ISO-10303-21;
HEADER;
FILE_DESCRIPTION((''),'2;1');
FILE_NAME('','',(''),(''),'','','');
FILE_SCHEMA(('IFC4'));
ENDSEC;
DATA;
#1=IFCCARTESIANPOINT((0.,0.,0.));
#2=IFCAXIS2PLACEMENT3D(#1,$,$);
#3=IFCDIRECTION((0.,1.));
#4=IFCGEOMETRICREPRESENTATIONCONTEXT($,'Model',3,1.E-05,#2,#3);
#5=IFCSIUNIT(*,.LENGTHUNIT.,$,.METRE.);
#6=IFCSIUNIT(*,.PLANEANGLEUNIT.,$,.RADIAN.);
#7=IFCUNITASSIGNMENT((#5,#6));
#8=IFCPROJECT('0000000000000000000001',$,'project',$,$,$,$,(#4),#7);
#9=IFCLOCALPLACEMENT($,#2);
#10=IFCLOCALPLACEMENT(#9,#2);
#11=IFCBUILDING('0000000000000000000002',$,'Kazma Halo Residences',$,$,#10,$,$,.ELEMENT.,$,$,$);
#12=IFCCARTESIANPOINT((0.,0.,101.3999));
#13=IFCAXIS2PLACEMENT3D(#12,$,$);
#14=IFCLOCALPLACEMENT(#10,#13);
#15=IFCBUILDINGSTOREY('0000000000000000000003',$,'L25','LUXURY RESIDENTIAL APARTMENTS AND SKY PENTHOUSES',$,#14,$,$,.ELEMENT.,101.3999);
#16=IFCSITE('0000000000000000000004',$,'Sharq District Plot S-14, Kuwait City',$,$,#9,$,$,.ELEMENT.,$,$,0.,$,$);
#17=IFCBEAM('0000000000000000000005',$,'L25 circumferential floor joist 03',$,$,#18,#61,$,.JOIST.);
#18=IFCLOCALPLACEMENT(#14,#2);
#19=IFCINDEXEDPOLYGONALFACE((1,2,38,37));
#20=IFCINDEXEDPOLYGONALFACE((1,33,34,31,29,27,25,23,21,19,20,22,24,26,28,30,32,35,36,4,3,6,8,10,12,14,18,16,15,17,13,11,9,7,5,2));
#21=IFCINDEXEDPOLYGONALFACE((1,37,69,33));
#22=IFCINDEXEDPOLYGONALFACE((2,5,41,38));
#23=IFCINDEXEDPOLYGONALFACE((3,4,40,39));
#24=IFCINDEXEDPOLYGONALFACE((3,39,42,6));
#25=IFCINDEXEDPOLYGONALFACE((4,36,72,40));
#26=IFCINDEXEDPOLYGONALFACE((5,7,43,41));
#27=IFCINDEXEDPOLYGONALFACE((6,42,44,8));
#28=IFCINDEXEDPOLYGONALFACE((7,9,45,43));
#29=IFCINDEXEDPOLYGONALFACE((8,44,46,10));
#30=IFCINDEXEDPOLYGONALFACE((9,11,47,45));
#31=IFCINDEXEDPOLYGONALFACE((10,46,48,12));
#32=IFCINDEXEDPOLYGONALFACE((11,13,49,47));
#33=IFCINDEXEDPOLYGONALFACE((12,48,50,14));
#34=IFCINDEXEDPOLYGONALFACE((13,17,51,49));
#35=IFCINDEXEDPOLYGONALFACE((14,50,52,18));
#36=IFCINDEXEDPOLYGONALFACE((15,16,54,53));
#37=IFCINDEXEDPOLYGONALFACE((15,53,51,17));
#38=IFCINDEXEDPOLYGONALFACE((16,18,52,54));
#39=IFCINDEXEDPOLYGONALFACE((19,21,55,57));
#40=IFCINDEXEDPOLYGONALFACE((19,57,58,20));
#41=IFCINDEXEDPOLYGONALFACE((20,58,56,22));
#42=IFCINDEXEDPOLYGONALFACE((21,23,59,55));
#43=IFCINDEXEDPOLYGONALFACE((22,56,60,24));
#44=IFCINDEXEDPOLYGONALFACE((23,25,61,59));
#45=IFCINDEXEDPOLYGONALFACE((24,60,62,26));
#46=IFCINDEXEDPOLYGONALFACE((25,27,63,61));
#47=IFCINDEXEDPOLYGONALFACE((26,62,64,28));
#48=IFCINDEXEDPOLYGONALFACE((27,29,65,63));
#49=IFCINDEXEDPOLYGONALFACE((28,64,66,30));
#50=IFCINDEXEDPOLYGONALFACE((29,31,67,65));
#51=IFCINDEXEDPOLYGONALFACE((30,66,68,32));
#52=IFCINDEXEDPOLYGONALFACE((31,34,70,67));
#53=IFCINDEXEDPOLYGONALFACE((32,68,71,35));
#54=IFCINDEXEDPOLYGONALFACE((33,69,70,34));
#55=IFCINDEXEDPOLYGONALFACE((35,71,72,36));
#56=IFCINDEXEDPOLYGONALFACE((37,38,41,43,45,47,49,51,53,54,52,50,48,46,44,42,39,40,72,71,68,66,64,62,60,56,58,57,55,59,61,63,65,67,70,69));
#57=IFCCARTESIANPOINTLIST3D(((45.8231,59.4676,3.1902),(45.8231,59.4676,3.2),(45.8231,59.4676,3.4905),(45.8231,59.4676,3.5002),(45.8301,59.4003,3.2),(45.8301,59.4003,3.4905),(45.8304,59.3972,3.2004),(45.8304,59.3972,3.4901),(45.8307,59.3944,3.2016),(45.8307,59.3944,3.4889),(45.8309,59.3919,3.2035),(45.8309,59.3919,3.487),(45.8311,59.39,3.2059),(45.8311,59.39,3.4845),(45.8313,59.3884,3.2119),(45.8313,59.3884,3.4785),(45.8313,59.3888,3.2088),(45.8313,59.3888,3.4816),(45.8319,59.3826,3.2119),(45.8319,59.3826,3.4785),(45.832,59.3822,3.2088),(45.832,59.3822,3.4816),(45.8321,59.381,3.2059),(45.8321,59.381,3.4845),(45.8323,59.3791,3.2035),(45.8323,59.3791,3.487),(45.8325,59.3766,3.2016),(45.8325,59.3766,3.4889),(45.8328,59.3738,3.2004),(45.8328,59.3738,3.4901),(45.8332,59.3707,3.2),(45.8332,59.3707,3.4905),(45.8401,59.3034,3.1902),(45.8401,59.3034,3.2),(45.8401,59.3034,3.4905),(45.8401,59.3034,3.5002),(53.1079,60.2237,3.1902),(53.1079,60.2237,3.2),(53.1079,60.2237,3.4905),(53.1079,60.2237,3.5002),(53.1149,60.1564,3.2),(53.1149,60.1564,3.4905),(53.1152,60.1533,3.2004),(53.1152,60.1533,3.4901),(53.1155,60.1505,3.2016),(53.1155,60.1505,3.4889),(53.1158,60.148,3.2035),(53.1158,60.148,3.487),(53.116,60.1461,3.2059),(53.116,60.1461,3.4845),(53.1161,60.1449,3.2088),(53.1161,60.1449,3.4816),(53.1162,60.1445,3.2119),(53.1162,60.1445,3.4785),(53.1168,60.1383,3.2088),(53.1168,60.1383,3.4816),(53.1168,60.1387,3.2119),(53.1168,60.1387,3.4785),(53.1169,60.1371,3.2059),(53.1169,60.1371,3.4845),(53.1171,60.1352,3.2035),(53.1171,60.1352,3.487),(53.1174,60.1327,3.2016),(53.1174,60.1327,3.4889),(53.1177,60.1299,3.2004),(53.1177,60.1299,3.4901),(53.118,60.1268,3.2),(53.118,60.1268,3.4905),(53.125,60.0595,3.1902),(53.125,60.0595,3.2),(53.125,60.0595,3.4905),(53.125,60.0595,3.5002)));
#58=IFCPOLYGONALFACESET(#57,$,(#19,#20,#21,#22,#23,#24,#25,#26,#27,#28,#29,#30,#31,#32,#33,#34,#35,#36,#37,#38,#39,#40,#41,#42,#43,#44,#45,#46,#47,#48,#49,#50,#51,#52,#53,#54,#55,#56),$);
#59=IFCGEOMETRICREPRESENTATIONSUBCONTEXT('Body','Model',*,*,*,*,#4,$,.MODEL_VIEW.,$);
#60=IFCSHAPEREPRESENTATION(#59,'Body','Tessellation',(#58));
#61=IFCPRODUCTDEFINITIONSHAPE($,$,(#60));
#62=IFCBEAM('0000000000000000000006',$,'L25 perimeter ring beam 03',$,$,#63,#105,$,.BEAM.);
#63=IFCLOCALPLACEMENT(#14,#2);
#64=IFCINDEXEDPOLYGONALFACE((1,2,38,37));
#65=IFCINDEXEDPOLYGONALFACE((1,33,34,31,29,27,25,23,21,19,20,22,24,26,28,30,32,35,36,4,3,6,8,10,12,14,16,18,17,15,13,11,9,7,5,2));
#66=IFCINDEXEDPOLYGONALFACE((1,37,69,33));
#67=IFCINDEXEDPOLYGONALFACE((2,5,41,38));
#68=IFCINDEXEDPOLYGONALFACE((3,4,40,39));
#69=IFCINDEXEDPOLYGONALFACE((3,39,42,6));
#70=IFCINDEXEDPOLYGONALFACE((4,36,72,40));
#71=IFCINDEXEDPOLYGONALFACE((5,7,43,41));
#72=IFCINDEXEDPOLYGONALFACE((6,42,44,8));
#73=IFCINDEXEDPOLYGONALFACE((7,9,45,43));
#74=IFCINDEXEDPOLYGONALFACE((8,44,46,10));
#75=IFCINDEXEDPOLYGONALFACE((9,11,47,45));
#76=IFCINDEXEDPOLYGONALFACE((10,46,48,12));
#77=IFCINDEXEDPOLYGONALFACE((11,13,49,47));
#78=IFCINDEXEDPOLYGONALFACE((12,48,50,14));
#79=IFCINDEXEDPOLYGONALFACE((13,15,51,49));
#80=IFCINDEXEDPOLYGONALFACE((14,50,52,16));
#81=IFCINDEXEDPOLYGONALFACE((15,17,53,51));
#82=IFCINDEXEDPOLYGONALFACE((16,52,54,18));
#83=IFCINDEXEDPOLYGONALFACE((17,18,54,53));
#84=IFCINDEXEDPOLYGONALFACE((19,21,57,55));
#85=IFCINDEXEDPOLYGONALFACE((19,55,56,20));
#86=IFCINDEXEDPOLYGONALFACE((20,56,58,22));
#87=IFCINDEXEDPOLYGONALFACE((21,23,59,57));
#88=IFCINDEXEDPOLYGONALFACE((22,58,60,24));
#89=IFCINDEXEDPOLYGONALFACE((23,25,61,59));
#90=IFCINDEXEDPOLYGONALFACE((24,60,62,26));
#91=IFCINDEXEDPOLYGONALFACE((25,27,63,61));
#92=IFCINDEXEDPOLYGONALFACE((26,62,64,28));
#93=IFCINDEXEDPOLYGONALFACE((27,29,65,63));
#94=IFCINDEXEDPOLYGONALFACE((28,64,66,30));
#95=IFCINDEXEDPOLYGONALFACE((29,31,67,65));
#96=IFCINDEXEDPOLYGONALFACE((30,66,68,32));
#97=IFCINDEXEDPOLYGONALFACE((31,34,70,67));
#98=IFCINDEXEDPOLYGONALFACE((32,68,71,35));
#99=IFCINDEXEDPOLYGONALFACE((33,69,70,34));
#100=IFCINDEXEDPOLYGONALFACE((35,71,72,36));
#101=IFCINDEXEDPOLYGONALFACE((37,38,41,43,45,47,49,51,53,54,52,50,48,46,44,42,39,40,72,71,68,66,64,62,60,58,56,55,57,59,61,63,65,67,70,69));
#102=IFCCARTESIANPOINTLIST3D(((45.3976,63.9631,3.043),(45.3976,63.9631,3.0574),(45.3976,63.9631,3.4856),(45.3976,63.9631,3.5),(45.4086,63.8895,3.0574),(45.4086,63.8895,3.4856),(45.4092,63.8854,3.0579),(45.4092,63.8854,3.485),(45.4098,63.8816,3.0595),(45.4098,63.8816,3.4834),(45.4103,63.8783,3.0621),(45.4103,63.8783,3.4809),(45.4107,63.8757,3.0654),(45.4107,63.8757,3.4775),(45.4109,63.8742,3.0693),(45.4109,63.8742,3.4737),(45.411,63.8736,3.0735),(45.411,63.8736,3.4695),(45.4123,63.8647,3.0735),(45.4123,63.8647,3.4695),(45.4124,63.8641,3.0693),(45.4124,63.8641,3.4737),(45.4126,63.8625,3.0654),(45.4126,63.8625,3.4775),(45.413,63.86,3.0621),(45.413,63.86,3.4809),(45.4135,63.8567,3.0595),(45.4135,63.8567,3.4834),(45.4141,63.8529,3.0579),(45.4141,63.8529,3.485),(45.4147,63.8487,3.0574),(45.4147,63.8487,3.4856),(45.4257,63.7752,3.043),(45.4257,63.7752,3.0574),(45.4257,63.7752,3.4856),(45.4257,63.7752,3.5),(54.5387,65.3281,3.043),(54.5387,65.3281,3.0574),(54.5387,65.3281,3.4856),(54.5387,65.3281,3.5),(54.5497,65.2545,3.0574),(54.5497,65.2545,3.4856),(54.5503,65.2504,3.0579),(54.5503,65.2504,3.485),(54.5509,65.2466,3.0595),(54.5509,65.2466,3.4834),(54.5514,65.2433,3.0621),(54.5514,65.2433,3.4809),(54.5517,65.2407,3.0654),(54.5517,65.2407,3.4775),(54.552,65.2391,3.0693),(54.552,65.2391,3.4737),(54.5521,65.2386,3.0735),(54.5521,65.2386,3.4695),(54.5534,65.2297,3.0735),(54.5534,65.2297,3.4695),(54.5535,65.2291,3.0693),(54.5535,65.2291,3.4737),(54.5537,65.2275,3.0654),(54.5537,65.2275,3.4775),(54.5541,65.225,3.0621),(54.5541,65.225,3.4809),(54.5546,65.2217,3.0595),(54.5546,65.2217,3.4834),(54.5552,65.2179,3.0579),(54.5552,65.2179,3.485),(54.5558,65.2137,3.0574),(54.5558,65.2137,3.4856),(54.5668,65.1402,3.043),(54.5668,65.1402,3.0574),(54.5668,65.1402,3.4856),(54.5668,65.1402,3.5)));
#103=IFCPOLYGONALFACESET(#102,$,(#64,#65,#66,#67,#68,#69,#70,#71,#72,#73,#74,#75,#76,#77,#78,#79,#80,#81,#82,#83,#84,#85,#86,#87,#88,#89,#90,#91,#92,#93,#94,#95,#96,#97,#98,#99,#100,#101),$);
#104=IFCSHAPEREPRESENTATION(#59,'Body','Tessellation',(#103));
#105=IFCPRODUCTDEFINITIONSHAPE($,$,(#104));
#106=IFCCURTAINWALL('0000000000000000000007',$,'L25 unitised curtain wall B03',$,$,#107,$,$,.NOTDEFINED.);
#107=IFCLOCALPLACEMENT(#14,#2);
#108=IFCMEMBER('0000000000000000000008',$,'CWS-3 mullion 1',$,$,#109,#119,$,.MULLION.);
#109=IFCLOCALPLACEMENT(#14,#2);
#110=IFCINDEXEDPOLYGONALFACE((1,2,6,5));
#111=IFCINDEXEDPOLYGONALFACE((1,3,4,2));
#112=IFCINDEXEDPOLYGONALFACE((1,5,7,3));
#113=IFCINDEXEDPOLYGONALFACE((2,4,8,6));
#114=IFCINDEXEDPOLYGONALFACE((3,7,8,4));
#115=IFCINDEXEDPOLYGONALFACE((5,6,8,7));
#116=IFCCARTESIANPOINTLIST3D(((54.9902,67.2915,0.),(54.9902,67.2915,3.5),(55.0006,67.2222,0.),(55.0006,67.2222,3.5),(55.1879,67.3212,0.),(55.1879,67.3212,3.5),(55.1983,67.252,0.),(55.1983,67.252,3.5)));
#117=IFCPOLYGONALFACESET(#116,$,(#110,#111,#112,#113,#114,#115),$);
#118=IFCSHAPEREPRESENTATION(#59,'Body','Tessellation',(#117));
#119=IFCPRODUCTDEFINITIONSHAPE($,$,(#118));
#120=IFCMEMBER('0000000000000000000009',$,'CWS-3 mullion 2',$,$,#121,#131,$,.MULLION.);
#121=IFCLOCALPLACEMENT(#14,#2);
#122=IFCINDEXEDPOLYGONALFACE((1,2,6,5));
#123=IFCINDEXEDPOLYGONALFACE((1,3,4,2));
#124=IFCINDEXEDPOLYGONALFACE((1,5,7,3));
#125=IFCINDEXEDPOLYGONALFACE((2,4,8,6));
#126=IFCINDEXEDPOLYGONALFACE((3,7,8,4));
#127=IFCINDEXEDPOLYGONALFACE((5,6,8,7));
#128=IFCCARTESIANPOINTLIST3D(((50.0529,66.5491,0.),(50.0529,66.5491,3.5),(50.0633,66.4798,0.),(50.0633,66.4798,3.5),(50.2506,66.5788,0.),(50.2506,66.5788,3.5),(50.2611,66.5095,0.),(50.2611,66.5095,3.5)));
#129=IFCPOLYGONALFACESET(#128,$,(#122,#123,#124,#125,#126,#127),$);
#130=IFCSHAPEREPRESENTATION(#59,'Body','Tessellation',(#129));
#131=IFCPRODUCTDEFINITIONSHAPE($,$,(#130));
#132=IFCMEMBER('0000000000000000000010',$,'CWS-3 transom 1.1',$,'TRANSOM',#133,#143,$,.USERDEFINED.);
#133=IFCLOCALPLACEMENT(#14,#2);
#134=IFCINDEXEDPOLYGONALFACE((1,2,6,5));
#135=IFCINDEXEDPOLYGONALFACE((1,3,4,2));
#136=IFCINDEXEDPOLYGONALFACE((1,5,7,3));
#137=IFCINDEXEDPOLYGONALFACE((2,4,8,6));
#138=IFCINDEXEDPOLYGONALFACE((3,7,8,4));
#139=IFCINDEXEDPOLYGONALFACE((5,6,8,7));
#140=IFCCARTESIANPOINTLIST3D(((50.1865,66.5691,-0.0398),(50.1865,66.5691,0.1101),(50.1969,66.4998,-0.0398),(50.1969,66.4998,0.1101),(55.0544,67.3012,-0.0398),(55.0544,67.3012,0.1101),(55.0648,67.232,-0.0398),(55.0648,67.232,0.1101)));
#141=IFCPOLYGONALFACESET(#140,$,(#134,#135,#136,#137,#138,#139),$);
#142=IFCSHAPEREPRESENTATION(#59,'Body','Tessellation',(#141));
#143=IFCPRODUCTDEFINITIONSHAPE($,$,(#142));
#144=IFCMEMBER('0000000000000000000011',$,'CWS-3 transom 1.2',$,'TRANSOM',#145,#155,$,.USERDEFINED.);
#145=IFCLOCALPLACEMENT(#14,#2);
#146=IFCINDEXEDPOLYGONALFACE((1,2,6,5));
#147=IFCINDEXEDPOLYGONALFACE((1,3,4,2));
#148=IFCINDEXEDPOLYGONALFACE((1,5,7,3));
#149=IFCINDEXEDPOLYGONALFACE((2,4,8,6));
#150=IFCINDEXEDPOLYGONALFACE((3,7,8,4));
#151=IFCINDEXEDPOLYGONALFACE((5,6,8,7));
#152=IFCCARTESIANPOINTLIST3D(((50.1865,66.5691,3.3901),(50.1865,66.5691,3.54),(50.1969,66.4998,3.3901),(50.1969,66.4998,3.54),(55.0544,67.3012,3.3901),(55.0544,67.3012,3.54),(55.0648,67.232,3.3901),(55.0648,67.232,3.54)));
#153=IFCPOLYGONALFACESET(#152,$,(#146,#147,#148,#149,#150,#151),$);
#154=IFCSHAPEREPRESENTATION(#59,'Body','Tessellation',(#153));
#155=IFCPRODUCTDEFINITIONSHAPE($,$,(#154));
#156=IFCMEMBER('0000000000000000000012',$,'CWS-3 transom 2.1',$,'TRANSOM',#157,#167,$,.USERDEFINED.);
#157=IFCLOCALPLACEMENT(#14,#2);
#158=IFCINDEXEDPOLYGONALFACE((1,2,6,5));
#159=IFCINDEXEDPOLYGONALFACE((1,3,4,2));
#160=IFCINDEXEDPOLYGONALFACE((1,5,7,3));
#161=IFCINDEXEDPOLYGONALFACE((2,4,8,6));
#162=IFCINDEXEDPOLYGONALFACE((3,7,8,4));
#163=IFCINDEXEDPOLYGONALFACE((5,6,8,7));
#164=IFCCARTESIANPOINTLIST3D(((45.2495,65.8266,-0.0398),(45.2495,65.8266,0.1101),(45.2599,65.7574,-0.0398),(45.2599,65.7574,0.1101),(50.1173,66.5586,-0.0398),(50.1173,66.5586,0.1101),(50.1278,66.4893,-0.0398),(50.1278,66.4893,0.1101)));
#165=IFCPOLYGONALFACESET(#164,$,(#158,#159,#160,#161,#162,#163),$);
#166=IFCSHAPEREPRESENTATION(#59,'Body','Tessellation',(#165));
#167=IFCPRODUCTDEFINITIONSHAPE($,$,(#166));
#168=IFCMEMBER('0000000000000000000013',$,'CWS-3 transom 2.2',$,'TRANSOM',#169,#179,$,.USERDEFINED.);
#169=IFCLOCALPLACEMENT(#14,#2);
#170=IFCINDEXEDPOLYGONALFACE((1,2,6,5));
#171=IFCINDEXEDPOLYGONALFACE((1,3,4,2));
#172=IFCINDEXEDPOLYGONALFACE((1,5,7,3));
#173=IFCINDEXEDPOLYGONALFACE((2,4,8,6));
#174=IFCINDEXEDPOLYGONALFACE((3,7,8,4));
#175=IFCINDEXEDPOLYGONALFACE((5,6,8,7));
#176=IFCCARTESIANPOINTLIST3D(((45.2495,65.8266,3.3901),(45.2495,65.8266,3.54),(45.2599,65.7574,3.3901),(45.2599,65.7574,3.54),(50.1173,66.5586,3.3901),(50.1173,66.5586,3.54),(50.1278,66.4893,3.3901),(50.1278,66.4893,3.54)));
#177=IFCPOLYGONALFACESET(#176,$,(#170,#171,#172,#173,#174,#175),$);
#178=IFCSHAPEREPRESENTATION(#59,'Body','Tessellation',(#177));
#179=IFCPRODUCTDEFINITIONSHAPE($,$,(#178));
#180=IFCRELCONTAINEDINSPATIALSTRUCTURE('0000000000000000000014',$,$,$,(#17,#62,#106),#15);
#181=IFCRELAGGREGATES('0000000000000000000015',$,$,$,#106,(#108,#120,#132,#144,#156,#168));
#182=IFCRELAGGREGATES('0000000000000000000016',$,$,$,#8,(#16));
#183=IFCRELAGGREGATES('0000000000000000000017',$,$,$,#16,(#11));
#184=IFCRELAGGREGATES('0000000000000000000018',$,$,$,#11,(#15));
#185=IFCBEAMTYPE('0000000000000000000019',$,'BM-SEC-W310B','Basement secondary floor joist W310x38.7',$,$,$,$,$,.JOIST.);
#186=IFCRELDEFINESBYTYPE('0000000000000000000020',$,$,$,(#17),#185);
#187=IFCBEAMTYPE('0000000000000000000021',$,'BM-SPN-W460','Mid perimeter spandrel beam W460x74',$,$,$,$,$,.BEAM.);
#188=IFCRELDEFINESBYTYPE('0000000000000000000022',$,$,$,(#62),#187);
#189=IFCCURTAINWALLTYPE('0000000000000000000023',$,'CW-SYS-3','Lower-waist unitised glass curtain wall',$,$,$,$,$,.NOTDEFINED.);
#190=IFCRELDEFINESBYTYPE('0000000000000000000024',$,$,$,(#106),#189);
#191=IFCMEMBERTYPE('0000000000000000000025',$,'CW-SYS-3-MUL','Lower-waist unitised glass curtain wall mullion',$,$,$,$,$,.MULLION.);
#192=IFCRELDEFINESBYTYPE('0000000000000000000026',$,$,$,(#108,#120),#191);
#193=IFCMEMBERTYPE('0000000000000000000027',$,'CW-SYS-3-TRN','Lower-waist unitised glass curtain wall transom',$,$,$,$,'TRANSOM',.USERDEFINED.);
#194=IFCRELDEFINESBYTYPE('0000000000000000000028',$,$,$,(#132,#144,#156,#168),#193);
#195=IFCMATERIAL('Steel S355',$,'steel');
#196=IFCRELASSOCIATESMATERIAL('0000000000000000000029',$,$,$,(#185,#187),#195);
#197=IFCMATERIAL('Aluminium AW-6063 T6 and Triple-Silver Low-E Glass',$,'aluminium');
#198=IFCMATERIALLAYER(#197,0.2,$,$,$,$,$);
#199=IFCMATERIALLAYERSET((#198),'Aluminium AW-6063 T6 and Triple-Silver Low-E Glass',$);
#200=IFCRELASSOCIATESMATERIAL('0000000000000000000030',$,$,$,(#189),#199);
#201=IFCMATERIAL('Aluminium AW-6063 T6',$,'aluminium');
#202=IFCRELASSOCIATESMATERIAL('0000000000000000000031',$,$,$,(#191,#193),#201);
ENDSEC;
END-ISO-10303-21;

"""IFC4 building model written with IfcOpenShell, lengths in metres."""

from ifc_helpers import new_model, si_unit, direction, frame, origin, origin_2d, place, context, subcontext, project, spatial, rectangle, i_section, extrude, material, layer, layer_set, material_profile, profile_set, type_object, element, aggregate, save


model = new_model("IFC4")

# Units and contexts
model_context = context("Model", 3, precision=1e-05, world=origin(), true_north=direction((0.0, 1.0)))
body_context = subcontext(model_context, "Body", "Model", "MODEL_VIEW")
ifc_project = project(units=[si_unit("LENGTHUNIT", "METRE"), si_unit("PLANEANGLEUNIT", "RADIAN")], contexts=[model_context])

# Site, building, storey
site_placement = place(None, origin())
site = spatial("IfcSite", under=ifc_project, at=site_placement, Name="Sharq District Plot S-14, Kuwait City", CompositionType="ELEMENT", RefElevation=0.0)
building_placement = place(site_placement, origin())
building = spatial("IfcBuilding", under=site, at=building_placement, Name="Kazma Halo Residences", CompositionType="ELEMENT")
storey_placement = place(building_placement, frame((0.0, 0.0, 101.3999)))
storey = spatial("IfcBuildingStorey", under=building, at=storey_placement, Name="L25", Description="LUXURY RESIDENTIAL APARTMENTS AND SKY PENTHOUSES", CompositionType="ELEMENT", Elevation=101.3999)

# Beams
ifc_material_1 = material(Name="Steel S355", Category="steel")
ifc_material_profile_1 = material_profile(ifc_material_1, i_section(OverallWidth=0.165, OverallDepth=0.3101, WebThickness=0.0059, FlangeThickness=0.0098, FilletRadius=0.012, at=origin_2d()), Name="W310x38.7")
ifc_profile_set_1 = profile_set([ifc_material_profile_1], Name="Steel S355")
beam_type_1 = type_object("IfcBeamType", Name="BM-SEC-W310B", Description="Basement secondary floor joist W310x38.7", PredefinedType="JOIST", material=ifc_profile_set_1)
beam_1_placement = place(storey_placement, frame((53.1165, 60.1416, 3.3452), z_axis=(-0.994657, -0.103236, 0.0), x_axis=(0.103236, -0.994657, 0.0)))
element("IfcBeam", 1, at=beam_1_placement, inside=storey, type_object=beam_type_1, Name="L25 circumferential floor joist 03", PredefinedType="JOIST", context=body_context, shape_type="SweptSolid", body=[
    extrude(i_section(OverallWidth=0.165, OverallDepth=0.3101, WebThickness=0.0059, FlangeThickness=0.0098, FilletRadius=0.012, at=origin_2d()), origin(), (0.0, 0.0, 1.0), 7.324),
])
ifc_material_profile_2 = material_profile(ifc_material_1, i_section(OverallWidth=0.1899, OverallDepth=0.457, WebThickness=0.009, FlangeThickness=0.0144, FilletRadius=0.0161, at=origin_2d()), Name="W460x74")
ifc_profile_set_2 = profile_set([ifc_material_profile_2], Name="Steel S355")
beam_type_2 = type_object("IfcBeamType", Name="BM-SPN-W460", Description="Mid perimeter spandrel beam W460x74", PredefinedType="BEAM", material=ifc_profile_set_2)
beam_2_placement = place(storey_placement, frame((54.5527, 65.2341, 3.2715), z_axis=(-0.989034, -0.147687, 0.0), x_axis=(0.147687, -0.989034, 0.0)))
element("IfcBeam", 2, at=beam_2_placement, inside=storey, type_object=beam_type_2, Name="L25 perimeter ring beam 03", PredefinedType="BEAM", context=body_context, shape_type="SweptSolid", body=[
    extrude(i_section(OverallWidth=0.1899, OverallDepth=0.457, WebThickness=0.009, FlangeThickness=0.0144, FilletRadius=0.0161, at=origin_2d()), origin(), (0.0, 0.0, 1.0), 9.2424),
])

# Curtain wall, members
ifc_material_2 = material(Name="Aluminium AW-6063 T6 and Triple-Silver Low-E Glass", Category="aluminium")
ifc_layer_1 = layer(ifc_material_2, 0.2)
ifc_layer_set_1 = layer_set([ifc_layer_1], Name="Aluminium AW-6063 T6 and Triple-Silver Low-E Glass")
curtain_wall_type = type_object("IfcCurtainWallType", Name="CW-SYS-3", Description="Lower-waist unitised glass curtain wall", PredefinedType="NOTDEFINED", material=ifc_layer_set_1)
curtain_wall_placement = place(storey_placement, origin())
curtain_wall = element("IfcCurtainWall", 3, at=curtain_wall_placement, inside=storey, type_object=curtain_wall_type, Name="L25 unitised curtain wall B03", PredefinedType="NOTDEFINED")
ifc_material_3 = material(Name="Aluminium AW-6063 T6", Category="aluminium")
ifc_material_profile_3 = material_profile(ifc_material_3, rectangle(XDim=0.0701, YDim=0.2, at=origin_2d()), Name="CWM-70x200")
ifc_profile_set_3 = profile_set([ifc_material_profile_3], Name="Aluminium AW-6063 T6")
member_type_1 = type_object("IfcMemberType", Name="CW-SYS-3-MUL", Description="Lower-waist unitised glass curtain wall mullion", PredefinedType="MULLION", material=ifc_profile_set_3)
member_1_placement = place(storey_placement, frame((55.0942, 67.2717, 0.0), z_axis=(0.0, 0.0, 1.0), x_axis=(0.148717, -0.98888, 0.0)))
member_1 = element("IfcMember", 4, at=member_1_placement, type_object=member_type_1, Name="CWS-3 mullion 1", PredefinedType="MULLION", context=body_context, shape_type="SweptSolid", body=[
    extrude(rectangle(XDim=0.0701, YDim=0.2, at=origin_2d()), origin(), (0.0, 0.0, 1.0), 3.5),
])
member_2_placement = place(storey_placement, frame((50.157, 66.5293, 0.0), z_axis=(0.0, 0.0, 1.0), x_axis=(0.148717, -0.98888, 0.0)))
member_2 = element("IfcMember", 5, at=member_2_placement, type_object=member_type_1, Name="CWS-3 mullion 2", PredefinedType="MULLION", context=body_context, shape_type="SweptSolid", body=[
    extrude(rectangle(XDim=0.0701, YDim=0.2, at=origin_2d()), origin(), (0.0, 0.0, 1.0), 3.5),
])
ifc_material_profile_4 = material_profile(ifc_material_3, rectangle(XDim=0.0701, YDim=0.1499, at=origin_2d()), Name="CWT-70x150")
ifc_profile_set_4 = profile_set([ifc_material_profile_4], Name="Aluminium AW-6063 T6")
member_type_2 = type_object("IfcMemberType", Name="CW-SYS-3-TRN", Description="Lower-waist unitised glass curtain wall transom", ElementType="TRANSOM", PredefinedType="USERDEFINED", material=ifc_profile_set_4)
member_3_placement = place(storey_placement, frame((55.0596, 67.2666, 0.0352), z_axis=(-0.988877, -0.148736, 0.0), x_axis=(0.148736, -0.988877, 0.0)))
member_3 = element("IfcMember", 6, at=member_3_placement, type_object=member_type_2, Name="CWS-3 transom 1.1", ObjectType="TRANSOM", PredefinedType="USERDEFINED", context=body_context, shape_type="SweptSolid", body=[
    extrude(rectangle(XDim=0.0701, YDim=0.1499, at=origin_2d()), origin(), (0.0, 0.0, 1.0), 4.9226),
])
member_4_placement = place(storey_placement, frame((55.0596, 67.2666, 3.4651), z_axis=(-0.988877, -0.148736, 0.0), x_axis=(0.148736, -0.988877, 0.0)))
member_4 = element("IfcMember", 7, at=member_4_placement, type_object=member_type_2, Name="CWS-3 transom 1.2", ObjectType="TRANSOM", PredefinedType="USERDEFINED", context=body_context, shape_type="SweptSolid", body=[
    extrude(rectangle(XDim=0.0701, YDim=0.1499, at=origin_2d()), origin(), (0.0, 0.0, 1.0), 4.9226),
])
member_5_placement = place(storey_placement, frame((50.1226, 66.5239, 0.0352), z_axis=(-0.988884, -0.148687, 0.0), x_axis=(0.148687, -0.988884, 0.0)))
member_5 = element("IfcMember", 8, at=member_5_placement, type_object=member_type_2, Name="CWS-3 transom 2.1", ObjectType="TRANSOM", PredefinedType="USERDEFINED", context=body_context, shape_type="SweptSolid", body=[
    extrude(rectangle(XDim=0.0701, YDim=0.1499, at=origin_2d()), origin(), (0.0, 0.0, 1.0), 4.9226),
])
member_6_placement = place(storey_placement, frame((50.1226, 66.5239, 3.4651), z_axis=(-0.988884, -0.148687, 0.0), x_axis=(0.148687, -0.988884, 0.0)))
member_6 = element("IfcMember", 9, at=member_6_placement, type_object=member_type_2, Name="CWS-3 transom 2.2", ObjectType="TRANSOM", PredefinedType="USERDEFINED", context=body_context, shape_type="SweptSolid", body=[
    extrude(rectangle(XDim=0.0701, YDim=0.1499, at=origin_2d()), origin(), (0.0, 0.0, 1.0), 4.9226),
])
aggregate(curtain_wall, [member_1, member_2, member_3, member_4, member_5, member_6])

save(model, "model.ifc")
